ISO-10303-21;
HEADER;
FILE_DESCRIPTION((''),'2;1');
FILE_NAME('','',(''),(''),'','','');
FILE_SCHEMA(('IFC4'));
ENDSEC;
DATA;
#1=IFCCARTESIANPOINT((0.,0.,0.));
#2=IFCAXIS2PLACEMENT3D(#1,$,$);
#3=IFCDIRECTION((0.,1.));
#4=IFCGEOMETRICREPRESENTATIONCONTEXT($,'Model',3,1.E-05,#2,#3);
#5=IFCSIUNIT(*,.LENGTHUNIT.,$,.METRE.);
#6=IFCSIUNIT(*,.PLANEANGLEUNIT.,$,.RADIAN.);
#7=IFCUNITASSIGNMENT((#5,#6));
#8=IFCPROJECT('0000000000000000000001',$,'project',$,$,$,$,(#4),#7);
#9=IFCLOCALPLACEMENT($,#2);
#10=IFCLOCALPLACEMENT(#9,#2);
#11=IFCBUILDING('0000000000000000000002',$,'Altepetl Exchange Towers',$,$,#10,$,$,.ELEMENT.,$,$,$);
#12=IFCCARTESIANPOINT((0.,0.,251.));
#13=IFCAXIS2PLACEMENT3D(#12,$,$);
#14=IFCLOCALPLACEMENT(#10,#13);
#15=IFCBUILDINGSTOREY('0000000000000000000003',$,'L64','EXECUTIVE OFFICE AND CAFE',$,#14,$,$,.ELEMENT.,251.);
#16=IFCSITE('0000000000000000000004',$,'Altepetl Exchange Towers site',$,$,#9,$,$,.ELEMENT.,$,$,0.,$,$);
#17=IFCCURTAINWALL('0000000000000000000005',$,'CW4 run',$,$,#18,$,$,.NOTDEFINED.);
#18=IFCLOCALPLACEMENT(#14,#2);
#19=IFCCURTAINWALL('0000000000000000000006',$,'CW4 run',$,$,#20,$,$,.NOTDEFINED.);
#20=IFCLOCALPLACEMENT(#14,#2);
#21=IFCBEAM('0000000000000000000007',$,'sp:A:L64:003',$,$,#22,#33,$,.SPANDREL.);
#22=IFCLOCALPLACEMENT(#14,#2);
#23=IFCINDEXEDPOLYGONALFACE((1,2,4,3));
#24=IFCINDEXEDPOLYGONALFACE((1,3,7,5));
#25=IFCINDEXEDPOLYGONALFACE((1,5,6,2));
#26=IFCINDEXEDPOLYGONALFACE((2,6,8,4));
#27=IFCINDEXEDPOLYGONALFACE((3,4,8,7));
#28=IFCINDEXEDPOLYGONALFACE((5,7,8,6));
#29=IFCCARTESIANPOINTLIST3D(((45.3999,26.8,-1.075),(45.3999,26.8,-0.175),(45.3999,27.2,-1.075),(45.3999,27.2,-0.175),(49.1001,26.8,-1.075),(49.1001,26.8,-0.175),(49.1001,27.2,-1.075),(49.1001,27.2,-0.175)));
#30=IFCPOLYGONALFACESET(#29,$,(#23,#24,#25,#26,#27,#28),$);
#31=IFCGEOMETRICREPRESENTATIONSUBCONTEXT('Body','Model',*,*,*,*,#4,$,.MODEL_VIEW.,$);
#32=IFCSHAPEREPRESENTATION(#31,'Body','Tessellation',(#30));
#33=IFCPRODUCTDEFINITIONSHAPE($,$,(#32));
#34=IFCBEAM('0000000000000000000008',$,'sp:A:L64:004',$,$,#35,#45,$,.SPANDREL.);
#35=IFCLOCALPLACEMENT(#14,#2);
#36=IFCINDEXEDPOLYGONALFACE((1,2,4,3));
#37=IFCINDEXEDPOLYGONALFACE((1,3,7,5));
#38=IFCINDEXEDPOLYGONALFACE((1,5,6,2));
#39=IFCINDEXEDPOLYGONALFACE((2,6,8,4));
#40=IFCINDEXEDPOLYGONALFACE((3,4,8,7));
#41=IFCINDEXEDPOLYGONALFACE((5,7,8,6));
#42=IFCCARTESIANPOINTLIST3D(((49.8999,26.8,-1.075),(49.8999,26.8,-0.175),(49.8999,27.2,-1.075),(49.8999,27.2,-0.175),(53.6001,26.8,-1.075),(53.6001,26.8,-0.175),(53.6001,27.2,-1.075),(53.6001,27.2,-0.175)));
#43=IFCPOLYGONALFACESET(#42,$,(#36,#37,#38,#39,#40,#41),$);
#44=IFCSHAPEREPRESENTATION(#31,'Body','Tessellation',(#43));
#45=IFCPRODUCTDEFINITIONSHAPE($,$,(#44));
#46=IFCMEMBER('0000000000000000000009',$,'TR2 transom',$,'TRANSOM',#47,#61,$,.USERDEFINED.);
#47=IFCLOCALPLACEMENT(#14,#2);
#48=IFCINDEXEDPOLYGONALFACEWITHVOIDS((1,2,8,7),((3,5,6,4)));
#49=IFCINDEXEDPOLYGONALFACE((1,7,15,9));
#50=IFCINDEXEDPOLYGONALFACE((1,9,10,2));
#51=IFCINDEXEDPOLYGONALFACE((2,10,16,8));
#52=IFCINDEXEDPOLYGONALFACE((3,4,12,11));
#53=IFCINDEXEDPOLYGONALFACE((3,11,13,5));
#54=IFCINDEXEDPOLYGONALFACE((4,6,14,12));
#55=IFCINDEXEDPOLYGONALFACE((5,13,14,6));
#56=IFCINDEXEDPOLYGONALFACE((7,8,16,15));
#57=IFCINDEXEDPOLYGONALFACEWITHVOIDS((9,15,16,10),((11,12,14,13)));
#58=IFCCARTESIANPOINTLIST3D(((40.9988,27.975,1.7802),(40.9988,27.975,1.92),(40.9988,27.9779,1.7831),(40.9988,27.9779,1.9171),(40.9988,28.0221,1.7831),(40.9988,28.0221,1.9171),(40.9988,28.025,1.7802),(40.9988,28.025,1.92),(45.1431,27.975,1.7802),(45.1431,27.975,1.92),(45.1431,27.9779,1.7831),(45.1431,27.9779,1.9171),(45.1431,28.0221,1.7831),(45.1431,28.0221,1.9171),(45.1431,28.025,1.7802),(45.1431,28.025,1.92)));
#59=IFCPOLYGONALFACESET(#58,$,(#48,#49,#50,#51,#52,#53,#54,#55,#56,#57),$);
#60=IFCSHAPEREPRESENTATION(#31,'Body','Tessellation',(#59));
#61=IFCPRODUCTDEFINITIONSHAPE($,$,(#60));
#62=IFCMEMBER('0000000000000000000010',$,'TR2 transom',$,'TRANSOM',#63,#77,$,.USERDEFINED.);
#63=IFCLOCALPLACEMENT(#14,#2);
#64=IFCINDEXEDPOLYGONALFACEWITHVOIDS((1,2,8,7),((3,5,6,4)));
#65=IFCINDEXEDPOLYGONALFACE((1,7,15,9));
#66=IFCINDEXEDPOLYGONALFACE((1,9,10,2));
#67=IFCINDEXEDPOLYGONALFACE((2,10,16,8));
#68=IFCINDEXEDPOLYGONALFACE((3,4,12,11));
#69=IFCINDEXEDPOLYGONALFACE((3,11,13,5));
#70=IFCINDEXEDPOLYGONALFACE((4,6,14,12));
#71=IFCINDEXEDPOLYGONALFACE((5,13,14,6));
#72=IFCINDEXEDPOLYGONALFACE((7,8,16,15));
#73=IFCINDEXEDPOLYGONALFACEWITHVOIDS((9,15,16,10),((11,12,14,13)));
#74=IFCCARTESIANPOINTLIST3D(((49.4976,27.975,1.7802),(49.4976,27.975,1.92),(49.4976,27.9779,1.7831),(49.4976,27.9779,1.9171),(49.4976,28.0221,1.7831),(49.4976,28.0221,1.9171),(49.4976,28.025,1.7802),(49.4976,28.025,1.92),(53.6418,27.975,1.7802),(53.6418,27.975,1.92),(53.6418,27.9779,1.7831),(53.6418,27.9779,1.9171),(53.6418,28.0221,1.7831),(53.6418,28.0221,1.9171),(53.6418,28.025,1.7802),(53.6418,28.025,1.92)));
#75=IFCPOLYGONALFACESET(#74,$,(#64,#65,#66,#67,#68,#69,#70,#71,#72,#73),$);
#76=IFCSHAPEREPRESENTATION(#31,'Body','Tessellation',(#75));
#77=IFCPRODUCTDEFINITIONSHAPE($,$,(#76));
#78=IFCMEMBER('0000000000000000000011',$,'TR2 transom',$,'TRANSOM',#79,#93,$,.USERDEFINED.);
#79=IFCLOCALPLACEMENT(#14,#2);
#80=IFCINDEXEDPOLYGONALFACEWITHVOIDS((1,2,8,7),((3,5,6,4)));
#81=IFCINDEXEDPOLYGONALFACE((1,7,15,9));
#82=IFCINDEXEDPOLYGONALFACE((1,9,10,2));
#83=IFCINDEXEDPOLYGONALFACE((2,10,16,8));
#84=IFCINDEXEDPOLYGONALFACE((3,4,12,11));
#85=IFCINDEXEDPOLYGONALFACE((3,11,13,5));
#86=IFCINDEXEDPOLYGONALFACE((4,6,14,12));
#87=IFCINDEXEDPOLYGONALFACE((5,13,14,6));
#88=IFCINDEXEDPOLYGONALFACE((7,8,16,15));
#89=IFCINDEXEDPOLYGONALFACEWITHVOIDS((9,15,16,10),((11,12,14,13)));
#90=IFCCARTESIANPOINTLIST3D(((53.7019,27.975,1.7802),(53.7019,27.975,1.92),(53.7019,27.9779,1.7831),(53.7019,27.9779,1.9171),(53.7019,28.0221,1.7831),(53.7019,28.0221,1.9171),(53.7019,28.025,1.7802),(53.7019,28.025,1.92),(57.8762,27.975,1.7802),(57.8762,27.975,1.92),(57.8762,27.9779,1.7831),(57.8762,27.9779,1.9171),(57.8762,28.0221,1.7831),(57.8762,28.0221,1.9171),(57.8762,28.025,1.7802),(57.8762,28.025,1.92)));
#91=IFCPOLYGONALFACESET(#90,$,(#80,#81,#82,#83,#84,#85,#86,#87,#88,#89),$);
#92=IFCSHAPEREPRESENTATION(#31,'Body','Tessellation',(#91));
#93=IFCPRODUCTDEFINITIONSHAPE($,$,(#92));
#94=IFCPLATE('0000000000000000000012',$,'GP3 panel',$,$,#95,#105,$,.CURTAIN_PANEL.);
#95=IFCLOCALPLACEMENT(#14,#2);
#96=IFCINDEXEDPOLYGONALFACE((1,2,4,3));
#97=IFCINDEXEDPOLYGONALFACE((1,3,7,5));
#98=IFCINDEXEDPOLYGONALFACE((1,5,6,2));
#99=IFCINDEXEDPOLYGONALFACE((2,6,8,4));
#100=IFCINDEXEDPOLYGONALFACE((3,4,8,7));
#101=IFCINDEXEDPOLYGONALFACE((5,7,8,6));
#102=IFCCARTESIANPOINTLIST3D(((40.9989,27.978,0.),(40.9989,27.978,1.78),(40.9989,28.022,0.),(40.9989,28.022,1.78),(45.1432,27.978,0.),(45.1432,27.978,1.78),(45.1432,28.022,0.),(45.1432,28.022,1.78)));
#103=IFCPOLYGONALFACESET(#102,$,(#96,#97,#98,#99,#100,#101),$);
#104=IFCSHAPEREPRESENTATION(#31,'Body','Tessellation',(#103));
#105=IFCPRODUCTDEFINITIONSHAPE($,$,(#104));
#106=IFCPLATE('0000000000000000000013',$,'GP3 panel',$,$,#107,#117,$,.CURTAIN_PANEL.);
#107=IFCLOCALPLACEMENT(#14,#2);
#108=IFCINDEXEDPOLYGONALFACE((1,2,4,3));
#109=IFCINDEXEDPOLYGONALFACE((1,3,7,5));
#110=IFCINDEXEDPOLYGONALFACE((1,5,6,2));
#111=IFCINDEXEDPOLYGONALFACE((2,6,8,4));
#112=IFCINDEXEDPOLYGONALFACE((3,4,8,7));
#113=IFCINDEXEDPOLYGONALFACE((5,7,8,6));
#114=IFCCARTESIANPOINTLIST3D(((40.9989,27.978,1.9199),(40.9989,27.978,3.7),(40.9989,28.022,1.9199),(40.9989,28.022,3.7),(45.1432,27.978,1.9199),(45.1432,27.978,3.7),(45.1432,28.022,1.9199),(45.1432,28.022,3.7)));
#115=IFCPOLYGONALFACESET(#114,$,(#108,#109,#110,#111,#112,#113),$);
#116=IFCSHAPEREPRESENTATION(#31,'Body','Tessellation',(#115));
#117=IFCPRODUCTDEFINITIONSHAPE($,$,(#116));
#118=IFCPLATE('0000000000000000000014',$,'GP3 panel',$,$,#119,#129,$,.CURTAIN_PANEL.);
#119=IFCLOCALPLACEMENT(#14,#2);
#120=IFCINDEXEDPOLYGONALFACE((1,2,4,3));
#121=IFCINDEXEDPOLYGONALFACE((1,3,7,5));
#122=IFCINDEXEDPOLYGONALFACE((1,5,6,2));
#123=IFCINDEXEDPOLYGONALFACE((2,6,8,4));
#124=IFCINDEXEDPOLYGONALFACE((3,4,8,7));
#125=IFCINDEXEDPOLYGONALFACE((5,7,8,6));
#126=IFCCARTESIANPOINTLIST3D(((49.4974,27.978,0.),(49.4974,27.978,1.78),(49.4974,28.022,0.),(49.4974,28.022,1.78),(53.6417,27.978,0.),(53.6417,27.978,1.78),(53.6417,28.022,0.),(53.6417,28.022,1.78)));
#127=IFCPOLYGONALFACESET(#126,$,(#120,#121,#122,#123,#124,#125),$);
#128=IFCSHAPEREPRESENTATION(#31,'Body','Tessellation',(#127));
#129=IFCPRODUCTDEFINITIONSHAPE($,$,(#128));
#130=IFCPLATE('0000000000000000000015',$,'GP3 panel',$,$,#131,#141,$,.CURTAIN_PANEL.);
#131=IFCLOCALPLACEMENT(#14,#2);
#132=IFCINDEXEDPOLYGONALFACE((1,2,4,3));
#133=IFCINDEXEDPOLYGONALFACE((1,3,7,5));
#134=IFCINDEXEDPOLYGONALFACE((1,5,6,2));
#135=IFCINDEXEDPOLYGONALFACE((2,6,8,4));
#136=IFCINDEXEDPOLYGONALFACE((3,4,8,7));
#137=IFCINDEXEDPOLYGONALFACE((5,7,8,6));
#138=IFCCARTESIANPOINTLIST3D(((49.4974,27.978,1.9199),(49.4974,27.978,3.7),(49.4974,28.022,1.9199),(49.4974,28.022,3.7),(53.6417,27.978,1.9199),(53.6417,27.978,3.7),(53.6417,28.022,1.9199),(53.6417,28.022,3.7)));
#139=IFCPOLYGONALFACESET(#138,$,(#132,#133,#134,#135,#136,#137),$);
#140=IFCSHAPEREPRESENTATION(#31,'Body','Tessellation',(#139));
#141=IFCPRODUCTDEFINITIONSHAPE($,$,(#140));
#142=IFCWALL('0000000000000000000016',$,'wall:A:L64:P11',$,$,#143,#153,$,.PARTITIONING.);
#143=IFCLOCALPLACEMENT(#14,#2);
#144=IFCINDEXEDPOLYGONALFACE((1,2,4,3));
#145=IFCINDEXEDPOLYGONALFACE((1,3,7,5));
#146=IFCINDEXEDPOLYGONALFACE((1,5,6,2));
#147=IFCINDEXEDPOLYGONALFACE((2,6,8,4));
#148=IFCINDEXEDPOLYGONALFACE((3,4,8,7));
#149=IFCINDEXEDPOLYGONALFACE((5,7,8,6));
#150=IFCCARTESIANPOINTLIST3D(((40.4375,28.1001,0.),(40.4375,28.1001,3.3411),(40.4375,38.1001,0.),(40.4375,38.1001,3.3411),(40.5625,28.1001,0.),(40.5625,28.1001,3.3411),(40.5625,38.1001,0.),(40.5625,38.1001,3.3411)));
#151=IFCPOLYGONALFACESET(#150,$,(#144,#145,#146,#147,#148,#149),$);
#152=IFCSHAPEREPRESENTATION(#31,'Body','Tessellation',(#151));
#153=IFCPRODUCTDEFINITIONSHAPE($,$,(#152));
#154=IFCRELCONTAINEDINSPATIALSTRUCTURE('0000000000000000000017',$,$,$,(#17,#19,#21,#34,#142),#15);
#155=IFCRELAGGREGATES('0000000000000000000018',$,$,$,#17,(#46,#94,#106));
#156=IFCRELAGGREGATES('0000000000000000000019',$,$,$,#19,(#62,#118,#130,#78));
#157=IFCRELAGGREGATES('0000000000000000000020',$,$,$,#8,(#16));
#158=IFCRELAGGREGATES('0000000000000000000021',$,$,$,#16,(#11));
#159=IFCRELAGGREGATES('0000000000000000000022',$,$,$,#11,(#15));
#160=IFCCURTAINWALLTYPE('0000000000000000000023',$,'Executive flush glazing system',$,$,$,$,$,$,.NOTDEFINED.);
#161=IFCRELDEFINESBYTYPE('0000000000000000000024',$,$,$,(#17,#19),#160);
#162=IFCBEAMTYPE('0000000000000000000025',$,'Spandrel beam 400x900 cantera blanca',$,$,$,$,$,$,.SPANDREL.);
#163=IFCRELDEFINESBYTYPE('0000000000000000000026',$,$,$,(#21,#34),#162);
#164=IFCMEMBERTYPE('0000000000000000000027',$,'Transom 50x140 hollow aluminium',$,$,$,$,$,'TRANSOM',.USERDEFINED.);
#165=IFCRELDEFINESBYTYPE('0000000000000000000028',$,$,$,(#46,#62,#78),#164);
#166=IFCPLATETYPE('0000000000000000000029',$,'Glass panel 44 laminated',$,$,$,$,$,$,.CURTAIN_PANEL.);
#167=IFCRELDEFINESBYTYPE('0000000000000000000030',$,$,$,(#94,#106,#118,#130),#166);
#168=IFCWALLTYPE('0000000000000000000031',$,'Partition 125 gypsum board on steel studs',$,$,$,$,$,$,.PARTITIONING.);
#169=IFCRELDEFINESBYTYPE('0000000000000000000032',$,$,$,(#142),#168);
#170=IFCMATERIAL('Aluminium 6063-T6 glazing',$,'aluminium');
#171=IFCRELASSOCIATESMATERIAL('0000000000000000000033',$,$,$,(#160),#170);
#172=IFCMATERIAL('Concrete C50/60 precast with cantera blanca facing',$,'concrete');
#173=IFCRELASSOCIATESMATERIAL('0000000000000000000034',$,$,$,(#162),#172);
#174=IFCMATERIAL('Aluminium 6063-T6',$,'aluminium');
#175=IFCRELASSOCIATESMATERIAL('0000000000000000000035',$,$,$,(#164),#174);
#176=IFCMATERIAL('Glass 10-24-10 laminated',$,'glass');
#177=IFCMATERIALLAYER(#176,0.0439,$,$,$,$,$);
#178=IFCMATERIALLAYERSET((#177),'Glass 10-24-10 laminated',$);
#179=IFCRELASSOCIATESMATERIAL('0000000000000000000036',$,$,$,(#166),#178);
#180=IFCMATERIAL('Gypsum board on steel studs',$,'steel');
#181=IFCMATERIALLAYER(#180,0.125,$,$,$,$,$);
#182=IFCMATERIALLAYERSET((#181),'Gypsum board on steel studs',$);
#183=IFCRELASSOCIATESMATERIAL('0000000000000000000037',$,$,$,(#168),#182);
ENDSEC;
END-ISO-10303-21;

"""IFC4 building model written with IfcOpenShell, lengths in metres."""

from ifc_helpers import new_model, si_unit, direction, frame, frame_2d, origin, origin_2d, place, context, subcontext, project, spatial, rectangle, hollow_rectangle, extrude, material, layer, layer_set, material_profile, profile_set, type_object, element, aggregate, save


model = new_model("IFC4")

# Units and contexts
model_context = context("Model", 3, precision=1e-05, world=origin(), true_north=direction((0.0, 1.0)))
body_context = subcontext(model_context, "Body", "Model", "MODEL_VIEW")
ifc_project = project(units=[si_unit("LENGTHUNIT", "METRE"), si_unit("PLANEANGLEUNIT", "RADIAN")], contexts=[model_context])

# Site, building, storey
site_placement = place(None, origin())
site = spatial("IfcSite", under=ifc_project, at=site_placement, Name="Altepetl Exchange Towers site", CompositionType="ELEMENT", RefElevation=0.0)
building_placement = place(site_placement, origin())
building = spatial("IfcBuilding", under=site, at=building_placement, Name="Altepetl Exchange Towers", CompositionType="ELEMENT")
storey_placement = place(building_placement, frame((0.0, 0.0, 251.0)))
storey = spatial("IfcBuildingStorey", under=building, at=storey_placement, Name="L64", Description="EXECUTIVE OFFICE AND CAFE", CompositionType="ELEMENT", Elevation=251.0)

# Curtain walls
ifc_material_1 = material(Name="Aluminium 6063-T6 glazing", Category="aluminium")
curtain_wall_type = type_object("IfcCurtainWallType", Name="Executive flush glazing system", PredefinedType="NOTDEFINED", material=ifc_material_1)
curtain_wall_1_placement = place(storey_placement, origin())
curtain_wall_1 = element("IfcCurtainWall", 1, at=curtain_wall_1_placement, inside=storey, type_object=curtain_wall_type, Name="CW4 run", PredefinedType="NOTDEFINED")
ifc_material_2 = material(Name="Aluminium 6063-T6", Category="aluminium")
curtain_wall_2_placement = place(storey_placement, origin())
curtain_wall_2 = element("IfcCurtainWall", 2, at=curtain_wall_2_placement, inside=storey, type_object=curtain_wall_type, Name="CW4 run", PredefinedType="NOTDEFINED")

# Beams
ifc_material_3 = material(Name="Concrete C50/60 precast with cantera blanca facing", Category="concrete")
ifc_material_profile_1 = material_profile(ifc_material_3, rectangle(XDim=0.3999, YDim=0.8999, at=origin_2d()), Name="400 x 900")
ifc_profile_set_1 = profile_set([ifc_material_profile_1], Name="Concrete C50/60 precast with cantera blanca facing")
beam_type_1 = type_object("IfcBeamType", Name="Spandrel beam 400x900 cantera blanca", PredefinedType="SPANDREL", material=ifc_profile_set_1)
for number, where, z_axis, x_axis, name in (
    (3, (45.3999, 27.0, -0.625), (1.0, 0.0, 0.0), (0.0, 1.0, 0.0), "sp:A:L64:003"),
    (4, (49.8999, 27.0, -0.625), (1.0, 0.0, 0.0), (0.0, 1.0, 0.0), "sp:A:L64:004"),
):
    element("IfcBeam", number, at=place(storey_placement, frame(where, z_axis=z_axis, x_axis=x_axis)), inside=storey, type_object=beam_type_1, Name=name, PredefinedType="SPANDREL", context=body_context, shape_type="SweptSolid", body=[
        extrude(rectangle(XDim=0.3999, YDim=0.8999, at=origin_2d()), origin(), (0.0, 0.0, 1.0), 3.7002),
    ])

# Members
ifc_material_profile_2 = material_profile(ifc_material_2, hollow_rectangle(XDim=0.05, YDim=0.1399, WallThickness=0.0029, at=origin_2d()), Name="Transom 50x140 hollow aluminium")
ifc_profile_set_2 = profile_set([ifc_material_profile_2], Name="Aluminium 6063-T6")
member_type_1 = type_object("IfcMemberType", Name="Transom 50x140 hollow aluminium", ElementType="TRANSOM", PredefinedType="USERDEFINED", material=ifc_profile_set_2)
member_1_placement = place(storey_placement, frame((40.9988, 28.0, 1.8501), z_axis=(1.0, 0.0, 0.0), x_axis=(0.0, 1.0, 0.0)))
member_1 = element("IfcMember", 5, at=member_1_placement, type_object=member_type_1, Name="TR2 transom", ObjectType="TRANSOM", PredefinedType="USERDEFINED", context=body_context, shape_type="SweptSolid", body=[
    extrude(hollow_rectangle(XDim=0.05, YDim=0.1399, WallThickness=0.0029, at=origin_2d()), origin(), (0.0, 0.0, 1.0), 4.1443),
])
member_2_placement = place(storey_placement, frame((49.4976, 28.0, 1.8501), z_axis=(1.0, 0.0, 0.0), x_axis=(0.0, 1.0, 0.0)))
member_2 = element("IfcMember", 6, at=member_2_placement, type_object=member_type_1, Name="TR2 transom", ObjectType="TRANSOM", PredefinedType="USERDEFINED", context=body_context, shape_type="SweptSolid", body=[
    extrude(hollow_rectangle(XDim=0.05, YDim=0.1399, WallThickness=0.0029, at=origin_2d()), origin(), (0.0, 0.0, 1.0), 4.1443),
])
member_3_placement = place(storey_placement, frame((53.7019, 28.0, 1.8501), z_axis=(1.0, 0.0, 0.0), x_axis=(0.0, 1.0, 0.0)))
member_3 = element("IfcMember", 7, at=member_3_placement, type_object=member_type_1, Name="TR2 transom", ObjectType="TRANSOM", PredefinedType="USERDEFINED", context=body_context, shape_type="SweptSolid", body=[
    extrude(hollow_rectangle(XDim=0.05, YDim=0.1399, WallThickness=0.0029, at=origin_2d()), origin(), (0.0, 0.0, 1.0), 4.1743),
])

# Plates
ifc_material_4 = material(Name="Glass 10-24-10 laminated", Category="glass")
ifc_layer_1 = layer(ifc_material_4, 0.0439)
ifc_layer_set_1 = layer_set([ifc_layer_1], Name="Glass 10-24-10 laminated")
plate_type = type_object("IfcPlateType", Name="Glass panel 44 laminated", PredefinedType="CURTAIN_PANEL", material=ifc_layer_set_1)
plate_1_placement = place(storey_placement, frame((43.071, 28.0, 0.0)))
plate_1 = element("IfcPlate", 8, at=plate_1_placement, type_object=plate_type, Name="GP3 panel", PredefinedType="CURTAIN_PANEL", context=body_context, shape_type="SweptSolid", body=[
    extrude(rectangle(XDim=4.1443, YDim=0.0439, at=origin_2d()), origin(), (0.0, 0.0, 1.0), 1.78),
])
plate_2_placement = place(storey_placement, frame((43.071, 28.0, 1.9199)))
plate_2 = element("IfcPlate", 9, at=plate_2_placement, type_object=plate_type, Name="GP3 panel", PredefinedType="CURTAIN_PANEL", context=body_context, shape_type="SweptSolid", body=[
    extrude(rectangle(XDim=4.1443, YDim=0.0439, at=origin_2d()), origin(), (0.0, 0.0, 1.0), 1.78),
])
aggregate(curtain_wall_1, [member_1, plate_1, plate_2])
plate_3_placement = place(storey_placement, frame((51.5696, 28.0, 0.0)))
plate_3 = element("IfcPlate", 10, at=plate_3_placement, type_object=plate_type, Name="GP3 panel", PredefinedType="CURTAIN_PANEL", context=body_context, shape_type="SweptSolid", body=[
    extrude(rectangle(XDim=4.1443, YDim=0.0439, at=origin_2d()), origin(), (0.0, 0.0, 1.0), 1.78),
])
plate_4_placement = place(storey_placement, frame((51.5696, 28.0, 1.9199)))
plate_4 = element("IfcPlate", 11, at=plate_4_placement, type_object=plate_type, Name="GP3 panel", PredefinedType="CURTAIN_PANEL", context=body_context, shape_type="SweptSolid", body=[
    extrude(rectangle(XDim=4.1443, YDim=0.0439, at=origin_2d()), origin(), (0.0, 0.0, 1.0), 1.78),
])
aggregate(curtain_wall_2, [member_2, plate_3, plate_4, member_3])

# Wall
ifc_material_5 = material(Name="Gypsum board on steel studs", Category="steel")
ifc_layer_2 = layer(ifc_material_5, 0.125)
ifc_layer_set_2 = layer_set([ifc_layer_2], Name="Gypsum board on steel studs")
wall_type_1 = type_object("IfcWallType", Name="Partition 125 gypsum board on steel studs", PredefinedType="PARTITIONING", material=ifc_layer_set_2)
wall_1_placement = place(storey_placement, frame((40.5, 28.1001, 0.0), z_axis=(0.0, 0.0, 1.0), x_axis=(0.0, 1.0, 0.0)))
element("IfcWall", 12, at=wall_1_placement, inside=storey, type_object=wall_type_1, Name="wall:A:L64:P11", PredefinedType="PARTITIONING", context=body_context, shape_type="SweptSolid", body=[
    extrude(rectangle(XDim=10.0, YDim=0.125, at=frame_2d((5.0, 0.0))), origin(), (0.0, 0.0, 1.0), 3.3411),
])

save(model, "model.ifc")
